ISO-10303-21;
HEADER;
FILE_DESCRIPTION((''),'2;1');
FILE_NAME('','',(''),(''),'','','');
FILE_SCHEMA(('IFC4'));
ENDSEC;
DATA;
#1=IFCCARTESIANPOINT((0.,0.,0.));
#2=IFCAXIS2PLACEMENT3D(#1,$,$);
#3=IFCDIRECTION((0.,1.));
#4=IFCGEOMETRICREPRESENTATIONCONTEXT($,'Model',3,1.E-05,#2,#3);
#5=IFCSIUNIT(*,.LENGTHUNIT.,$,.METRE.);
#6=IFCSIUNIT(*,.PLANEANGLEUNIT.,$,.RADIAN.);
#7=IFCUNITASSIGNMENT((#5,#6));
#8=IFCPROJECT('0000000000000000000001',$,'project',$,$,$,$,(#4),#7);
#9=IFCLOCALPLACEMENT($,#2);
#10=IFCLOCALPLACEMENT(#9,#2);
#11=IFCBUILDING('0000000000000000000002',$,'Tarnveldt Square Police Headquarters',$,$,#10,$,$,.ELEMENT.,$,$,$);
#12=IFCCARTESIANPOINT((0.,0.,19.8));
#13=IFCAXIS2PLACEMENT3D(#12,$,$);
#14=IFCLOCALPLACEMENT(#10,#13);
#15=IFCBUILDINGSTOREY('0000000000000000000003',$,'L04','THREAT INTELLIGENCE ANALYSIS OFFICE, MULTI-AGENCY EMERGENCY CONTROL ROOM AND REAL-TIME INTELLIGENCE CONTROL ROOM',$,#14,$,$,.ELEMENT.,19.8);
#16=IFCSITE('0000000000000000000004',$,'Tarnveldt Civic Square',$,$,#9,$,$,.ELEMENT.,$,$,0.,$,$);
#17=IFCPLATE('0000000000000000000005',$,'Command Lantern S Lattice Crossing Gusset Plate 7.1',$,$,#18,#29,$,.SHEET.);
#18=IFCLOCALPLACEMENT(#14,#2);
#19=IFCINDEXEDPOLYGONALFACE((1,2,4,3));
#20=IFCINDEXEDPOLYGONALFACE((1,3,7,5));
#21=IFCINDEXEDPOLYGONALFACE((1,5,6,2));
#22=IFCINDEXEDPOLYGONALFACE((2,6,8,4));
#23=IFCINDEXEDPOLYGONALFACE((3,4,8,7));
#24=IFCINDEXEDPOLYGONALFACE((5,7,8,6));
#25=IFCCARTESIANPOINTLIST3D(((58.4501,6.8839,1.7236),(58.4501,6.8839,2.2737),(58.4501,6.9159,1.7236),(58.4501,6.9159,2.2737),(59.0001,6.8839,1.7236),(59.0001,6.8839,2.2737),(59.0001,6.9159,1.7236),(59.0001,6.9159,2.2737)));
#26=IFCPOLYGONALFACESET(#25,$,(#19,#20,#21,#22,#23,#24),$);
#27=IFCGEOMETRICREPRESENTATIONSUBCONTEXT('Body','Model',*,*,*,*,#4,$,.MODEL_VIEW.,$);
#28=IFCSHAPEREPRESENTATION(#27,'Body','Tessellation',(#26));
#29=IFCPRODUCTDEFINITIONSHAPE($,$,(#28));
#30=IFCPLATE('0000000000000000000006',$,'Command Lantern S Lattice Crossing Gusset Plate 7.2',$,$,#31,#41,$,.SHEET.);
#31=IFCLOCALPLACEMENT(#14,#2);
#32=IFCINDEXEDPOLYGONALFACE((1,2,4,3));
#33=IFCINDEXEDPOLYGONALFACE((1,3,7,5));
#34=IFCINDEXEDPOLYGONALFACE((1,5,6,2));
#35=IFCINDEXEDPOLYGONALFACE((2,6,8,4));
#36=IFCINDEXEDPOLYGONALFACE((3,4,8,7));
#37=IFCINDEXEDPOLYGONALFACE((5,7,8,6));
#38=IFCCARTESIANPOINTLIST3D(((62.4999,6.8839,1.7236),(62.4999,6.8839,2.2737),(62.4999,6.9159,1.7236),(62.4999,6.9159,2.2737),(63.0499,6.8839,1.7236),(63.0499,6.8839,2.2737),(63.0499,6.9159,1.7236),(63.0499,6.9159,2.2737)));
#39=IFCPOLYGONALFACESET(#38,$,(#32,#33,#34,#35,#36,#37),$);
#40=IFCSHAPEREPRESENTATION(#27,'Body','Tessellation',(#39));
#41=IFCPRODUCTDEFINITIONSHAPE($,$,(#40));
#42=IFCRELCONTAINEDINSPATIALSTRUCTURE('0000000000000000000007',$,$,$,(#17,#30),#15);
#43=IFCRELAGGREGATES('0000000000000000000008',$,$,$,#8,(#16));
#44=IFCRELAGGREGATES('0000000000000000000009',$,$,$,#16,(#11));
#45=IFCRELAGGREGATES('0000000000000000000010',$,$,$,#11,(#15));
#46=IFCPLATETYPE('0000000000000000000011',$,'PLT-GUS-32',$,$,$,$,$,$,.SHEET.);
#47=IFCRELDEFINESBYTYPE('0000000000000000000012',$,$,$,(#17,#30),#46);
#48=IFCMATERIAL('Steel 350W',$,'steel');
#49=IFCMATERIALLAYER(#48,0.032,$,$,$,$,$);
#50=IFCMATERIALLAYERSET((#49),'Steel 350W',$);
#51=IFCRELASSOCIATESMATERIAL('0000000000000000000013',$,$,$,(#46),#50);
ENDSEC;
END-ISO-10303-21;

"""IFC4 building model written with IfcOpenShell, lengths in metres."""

from ifc_helpers import new_model, si_unit, direction, frame, origin, origin_2d, place, context, subcontext, project, spatial, rectangle, extrude, material, layer, layer_set, type_object, element, save


model = new_model("IFC4")

# Units and contexts
model_context = context("Model", 3, precision=1e-05, world=origin(), true_north=direction((0.0, 1.0)))
body_context = subcontext(model_context, "Body", "Model", "MODEL_VIEW")
ifc_project = project(units=[si_unit("LENGTHUNIT", "METRE"), si_unit("PLANEANGLEUNIT", "RADIAN")], contexts=[model_context])

# Site, building, storey
site_placement = place(None, origin())
site = spatial("IfcSite", under=ifc_project, at=site_placement, Name="Tarnveldt Civic Square", CompositionType="ELEMENT", RefElevation=0.0)
building_placement = place(site_placement, origin())
building = spatial("IfcBuilding", under=site, at=building_placement, Name="Tarnveldt Square Police Headquarters", CompositionType="ELEMENT")
storey_placement = place(building_placement, frame((0.0, 0.0, 19.8)))
storey = spatial("IfcBuildingStorey", under=building, at=storey_placement, Name="L04", Description="THREAT INTELLIGENCE ANALYSIS OFFICE, MULTI-AGENCY EMERGENCY CONTROL ROOM AND REAL-TIME INTELLIGENCE CONTROL ROOM", CompositionType="ELEMENT", Elevation=19.8)

# Shared definitions
ifc_material_1 = material(Name="Steel 350W", Category="steel")

# Plates
ifc_layer_1 = layer(ifc_material_1, 0.032)
ifc_layer_set_1 = layer_set([ifc_layer_1], Name="Steel 350W")
plate_type_1 = type_object("IfcPlateType", Name="PLT-GUS-32", PredefinedType="SHEET", material=ifc_layer_set_1)
for number, where, z_axis, x_axis, name in (
    (1, (58.7251, 6.8999, 1.7236), (0.0, 0.0, 1.0), (1.0, 0.0, 0.0), "Command Lantern S Lattice Crossing Gusset Plate 7.1"),
    (2, (62.7749, 6.8999, 1.7236), (0.0, 0.0, 1.0), (1.0, 0.0, 0.0), "Command Lantern S Lattice Crossing Gusset Plate 7.2"),
):
    element("IfcPlate", number, at=place(storey_placement, frame(where, z_axis=z_axis, x_axis=x_axis)), inside=storey, type_object=plate_type_1, Name=name, PredefinedType="SHEET", context=body_context, shape_type="SweptSolid", body=[
        extrude(rectangle(XDim=0.55, YDim=0.032, at=origin_2d()), origin(), (0.0, 0.0, 1.0), 0.55),
    ])

save(model, "model.ifc")
